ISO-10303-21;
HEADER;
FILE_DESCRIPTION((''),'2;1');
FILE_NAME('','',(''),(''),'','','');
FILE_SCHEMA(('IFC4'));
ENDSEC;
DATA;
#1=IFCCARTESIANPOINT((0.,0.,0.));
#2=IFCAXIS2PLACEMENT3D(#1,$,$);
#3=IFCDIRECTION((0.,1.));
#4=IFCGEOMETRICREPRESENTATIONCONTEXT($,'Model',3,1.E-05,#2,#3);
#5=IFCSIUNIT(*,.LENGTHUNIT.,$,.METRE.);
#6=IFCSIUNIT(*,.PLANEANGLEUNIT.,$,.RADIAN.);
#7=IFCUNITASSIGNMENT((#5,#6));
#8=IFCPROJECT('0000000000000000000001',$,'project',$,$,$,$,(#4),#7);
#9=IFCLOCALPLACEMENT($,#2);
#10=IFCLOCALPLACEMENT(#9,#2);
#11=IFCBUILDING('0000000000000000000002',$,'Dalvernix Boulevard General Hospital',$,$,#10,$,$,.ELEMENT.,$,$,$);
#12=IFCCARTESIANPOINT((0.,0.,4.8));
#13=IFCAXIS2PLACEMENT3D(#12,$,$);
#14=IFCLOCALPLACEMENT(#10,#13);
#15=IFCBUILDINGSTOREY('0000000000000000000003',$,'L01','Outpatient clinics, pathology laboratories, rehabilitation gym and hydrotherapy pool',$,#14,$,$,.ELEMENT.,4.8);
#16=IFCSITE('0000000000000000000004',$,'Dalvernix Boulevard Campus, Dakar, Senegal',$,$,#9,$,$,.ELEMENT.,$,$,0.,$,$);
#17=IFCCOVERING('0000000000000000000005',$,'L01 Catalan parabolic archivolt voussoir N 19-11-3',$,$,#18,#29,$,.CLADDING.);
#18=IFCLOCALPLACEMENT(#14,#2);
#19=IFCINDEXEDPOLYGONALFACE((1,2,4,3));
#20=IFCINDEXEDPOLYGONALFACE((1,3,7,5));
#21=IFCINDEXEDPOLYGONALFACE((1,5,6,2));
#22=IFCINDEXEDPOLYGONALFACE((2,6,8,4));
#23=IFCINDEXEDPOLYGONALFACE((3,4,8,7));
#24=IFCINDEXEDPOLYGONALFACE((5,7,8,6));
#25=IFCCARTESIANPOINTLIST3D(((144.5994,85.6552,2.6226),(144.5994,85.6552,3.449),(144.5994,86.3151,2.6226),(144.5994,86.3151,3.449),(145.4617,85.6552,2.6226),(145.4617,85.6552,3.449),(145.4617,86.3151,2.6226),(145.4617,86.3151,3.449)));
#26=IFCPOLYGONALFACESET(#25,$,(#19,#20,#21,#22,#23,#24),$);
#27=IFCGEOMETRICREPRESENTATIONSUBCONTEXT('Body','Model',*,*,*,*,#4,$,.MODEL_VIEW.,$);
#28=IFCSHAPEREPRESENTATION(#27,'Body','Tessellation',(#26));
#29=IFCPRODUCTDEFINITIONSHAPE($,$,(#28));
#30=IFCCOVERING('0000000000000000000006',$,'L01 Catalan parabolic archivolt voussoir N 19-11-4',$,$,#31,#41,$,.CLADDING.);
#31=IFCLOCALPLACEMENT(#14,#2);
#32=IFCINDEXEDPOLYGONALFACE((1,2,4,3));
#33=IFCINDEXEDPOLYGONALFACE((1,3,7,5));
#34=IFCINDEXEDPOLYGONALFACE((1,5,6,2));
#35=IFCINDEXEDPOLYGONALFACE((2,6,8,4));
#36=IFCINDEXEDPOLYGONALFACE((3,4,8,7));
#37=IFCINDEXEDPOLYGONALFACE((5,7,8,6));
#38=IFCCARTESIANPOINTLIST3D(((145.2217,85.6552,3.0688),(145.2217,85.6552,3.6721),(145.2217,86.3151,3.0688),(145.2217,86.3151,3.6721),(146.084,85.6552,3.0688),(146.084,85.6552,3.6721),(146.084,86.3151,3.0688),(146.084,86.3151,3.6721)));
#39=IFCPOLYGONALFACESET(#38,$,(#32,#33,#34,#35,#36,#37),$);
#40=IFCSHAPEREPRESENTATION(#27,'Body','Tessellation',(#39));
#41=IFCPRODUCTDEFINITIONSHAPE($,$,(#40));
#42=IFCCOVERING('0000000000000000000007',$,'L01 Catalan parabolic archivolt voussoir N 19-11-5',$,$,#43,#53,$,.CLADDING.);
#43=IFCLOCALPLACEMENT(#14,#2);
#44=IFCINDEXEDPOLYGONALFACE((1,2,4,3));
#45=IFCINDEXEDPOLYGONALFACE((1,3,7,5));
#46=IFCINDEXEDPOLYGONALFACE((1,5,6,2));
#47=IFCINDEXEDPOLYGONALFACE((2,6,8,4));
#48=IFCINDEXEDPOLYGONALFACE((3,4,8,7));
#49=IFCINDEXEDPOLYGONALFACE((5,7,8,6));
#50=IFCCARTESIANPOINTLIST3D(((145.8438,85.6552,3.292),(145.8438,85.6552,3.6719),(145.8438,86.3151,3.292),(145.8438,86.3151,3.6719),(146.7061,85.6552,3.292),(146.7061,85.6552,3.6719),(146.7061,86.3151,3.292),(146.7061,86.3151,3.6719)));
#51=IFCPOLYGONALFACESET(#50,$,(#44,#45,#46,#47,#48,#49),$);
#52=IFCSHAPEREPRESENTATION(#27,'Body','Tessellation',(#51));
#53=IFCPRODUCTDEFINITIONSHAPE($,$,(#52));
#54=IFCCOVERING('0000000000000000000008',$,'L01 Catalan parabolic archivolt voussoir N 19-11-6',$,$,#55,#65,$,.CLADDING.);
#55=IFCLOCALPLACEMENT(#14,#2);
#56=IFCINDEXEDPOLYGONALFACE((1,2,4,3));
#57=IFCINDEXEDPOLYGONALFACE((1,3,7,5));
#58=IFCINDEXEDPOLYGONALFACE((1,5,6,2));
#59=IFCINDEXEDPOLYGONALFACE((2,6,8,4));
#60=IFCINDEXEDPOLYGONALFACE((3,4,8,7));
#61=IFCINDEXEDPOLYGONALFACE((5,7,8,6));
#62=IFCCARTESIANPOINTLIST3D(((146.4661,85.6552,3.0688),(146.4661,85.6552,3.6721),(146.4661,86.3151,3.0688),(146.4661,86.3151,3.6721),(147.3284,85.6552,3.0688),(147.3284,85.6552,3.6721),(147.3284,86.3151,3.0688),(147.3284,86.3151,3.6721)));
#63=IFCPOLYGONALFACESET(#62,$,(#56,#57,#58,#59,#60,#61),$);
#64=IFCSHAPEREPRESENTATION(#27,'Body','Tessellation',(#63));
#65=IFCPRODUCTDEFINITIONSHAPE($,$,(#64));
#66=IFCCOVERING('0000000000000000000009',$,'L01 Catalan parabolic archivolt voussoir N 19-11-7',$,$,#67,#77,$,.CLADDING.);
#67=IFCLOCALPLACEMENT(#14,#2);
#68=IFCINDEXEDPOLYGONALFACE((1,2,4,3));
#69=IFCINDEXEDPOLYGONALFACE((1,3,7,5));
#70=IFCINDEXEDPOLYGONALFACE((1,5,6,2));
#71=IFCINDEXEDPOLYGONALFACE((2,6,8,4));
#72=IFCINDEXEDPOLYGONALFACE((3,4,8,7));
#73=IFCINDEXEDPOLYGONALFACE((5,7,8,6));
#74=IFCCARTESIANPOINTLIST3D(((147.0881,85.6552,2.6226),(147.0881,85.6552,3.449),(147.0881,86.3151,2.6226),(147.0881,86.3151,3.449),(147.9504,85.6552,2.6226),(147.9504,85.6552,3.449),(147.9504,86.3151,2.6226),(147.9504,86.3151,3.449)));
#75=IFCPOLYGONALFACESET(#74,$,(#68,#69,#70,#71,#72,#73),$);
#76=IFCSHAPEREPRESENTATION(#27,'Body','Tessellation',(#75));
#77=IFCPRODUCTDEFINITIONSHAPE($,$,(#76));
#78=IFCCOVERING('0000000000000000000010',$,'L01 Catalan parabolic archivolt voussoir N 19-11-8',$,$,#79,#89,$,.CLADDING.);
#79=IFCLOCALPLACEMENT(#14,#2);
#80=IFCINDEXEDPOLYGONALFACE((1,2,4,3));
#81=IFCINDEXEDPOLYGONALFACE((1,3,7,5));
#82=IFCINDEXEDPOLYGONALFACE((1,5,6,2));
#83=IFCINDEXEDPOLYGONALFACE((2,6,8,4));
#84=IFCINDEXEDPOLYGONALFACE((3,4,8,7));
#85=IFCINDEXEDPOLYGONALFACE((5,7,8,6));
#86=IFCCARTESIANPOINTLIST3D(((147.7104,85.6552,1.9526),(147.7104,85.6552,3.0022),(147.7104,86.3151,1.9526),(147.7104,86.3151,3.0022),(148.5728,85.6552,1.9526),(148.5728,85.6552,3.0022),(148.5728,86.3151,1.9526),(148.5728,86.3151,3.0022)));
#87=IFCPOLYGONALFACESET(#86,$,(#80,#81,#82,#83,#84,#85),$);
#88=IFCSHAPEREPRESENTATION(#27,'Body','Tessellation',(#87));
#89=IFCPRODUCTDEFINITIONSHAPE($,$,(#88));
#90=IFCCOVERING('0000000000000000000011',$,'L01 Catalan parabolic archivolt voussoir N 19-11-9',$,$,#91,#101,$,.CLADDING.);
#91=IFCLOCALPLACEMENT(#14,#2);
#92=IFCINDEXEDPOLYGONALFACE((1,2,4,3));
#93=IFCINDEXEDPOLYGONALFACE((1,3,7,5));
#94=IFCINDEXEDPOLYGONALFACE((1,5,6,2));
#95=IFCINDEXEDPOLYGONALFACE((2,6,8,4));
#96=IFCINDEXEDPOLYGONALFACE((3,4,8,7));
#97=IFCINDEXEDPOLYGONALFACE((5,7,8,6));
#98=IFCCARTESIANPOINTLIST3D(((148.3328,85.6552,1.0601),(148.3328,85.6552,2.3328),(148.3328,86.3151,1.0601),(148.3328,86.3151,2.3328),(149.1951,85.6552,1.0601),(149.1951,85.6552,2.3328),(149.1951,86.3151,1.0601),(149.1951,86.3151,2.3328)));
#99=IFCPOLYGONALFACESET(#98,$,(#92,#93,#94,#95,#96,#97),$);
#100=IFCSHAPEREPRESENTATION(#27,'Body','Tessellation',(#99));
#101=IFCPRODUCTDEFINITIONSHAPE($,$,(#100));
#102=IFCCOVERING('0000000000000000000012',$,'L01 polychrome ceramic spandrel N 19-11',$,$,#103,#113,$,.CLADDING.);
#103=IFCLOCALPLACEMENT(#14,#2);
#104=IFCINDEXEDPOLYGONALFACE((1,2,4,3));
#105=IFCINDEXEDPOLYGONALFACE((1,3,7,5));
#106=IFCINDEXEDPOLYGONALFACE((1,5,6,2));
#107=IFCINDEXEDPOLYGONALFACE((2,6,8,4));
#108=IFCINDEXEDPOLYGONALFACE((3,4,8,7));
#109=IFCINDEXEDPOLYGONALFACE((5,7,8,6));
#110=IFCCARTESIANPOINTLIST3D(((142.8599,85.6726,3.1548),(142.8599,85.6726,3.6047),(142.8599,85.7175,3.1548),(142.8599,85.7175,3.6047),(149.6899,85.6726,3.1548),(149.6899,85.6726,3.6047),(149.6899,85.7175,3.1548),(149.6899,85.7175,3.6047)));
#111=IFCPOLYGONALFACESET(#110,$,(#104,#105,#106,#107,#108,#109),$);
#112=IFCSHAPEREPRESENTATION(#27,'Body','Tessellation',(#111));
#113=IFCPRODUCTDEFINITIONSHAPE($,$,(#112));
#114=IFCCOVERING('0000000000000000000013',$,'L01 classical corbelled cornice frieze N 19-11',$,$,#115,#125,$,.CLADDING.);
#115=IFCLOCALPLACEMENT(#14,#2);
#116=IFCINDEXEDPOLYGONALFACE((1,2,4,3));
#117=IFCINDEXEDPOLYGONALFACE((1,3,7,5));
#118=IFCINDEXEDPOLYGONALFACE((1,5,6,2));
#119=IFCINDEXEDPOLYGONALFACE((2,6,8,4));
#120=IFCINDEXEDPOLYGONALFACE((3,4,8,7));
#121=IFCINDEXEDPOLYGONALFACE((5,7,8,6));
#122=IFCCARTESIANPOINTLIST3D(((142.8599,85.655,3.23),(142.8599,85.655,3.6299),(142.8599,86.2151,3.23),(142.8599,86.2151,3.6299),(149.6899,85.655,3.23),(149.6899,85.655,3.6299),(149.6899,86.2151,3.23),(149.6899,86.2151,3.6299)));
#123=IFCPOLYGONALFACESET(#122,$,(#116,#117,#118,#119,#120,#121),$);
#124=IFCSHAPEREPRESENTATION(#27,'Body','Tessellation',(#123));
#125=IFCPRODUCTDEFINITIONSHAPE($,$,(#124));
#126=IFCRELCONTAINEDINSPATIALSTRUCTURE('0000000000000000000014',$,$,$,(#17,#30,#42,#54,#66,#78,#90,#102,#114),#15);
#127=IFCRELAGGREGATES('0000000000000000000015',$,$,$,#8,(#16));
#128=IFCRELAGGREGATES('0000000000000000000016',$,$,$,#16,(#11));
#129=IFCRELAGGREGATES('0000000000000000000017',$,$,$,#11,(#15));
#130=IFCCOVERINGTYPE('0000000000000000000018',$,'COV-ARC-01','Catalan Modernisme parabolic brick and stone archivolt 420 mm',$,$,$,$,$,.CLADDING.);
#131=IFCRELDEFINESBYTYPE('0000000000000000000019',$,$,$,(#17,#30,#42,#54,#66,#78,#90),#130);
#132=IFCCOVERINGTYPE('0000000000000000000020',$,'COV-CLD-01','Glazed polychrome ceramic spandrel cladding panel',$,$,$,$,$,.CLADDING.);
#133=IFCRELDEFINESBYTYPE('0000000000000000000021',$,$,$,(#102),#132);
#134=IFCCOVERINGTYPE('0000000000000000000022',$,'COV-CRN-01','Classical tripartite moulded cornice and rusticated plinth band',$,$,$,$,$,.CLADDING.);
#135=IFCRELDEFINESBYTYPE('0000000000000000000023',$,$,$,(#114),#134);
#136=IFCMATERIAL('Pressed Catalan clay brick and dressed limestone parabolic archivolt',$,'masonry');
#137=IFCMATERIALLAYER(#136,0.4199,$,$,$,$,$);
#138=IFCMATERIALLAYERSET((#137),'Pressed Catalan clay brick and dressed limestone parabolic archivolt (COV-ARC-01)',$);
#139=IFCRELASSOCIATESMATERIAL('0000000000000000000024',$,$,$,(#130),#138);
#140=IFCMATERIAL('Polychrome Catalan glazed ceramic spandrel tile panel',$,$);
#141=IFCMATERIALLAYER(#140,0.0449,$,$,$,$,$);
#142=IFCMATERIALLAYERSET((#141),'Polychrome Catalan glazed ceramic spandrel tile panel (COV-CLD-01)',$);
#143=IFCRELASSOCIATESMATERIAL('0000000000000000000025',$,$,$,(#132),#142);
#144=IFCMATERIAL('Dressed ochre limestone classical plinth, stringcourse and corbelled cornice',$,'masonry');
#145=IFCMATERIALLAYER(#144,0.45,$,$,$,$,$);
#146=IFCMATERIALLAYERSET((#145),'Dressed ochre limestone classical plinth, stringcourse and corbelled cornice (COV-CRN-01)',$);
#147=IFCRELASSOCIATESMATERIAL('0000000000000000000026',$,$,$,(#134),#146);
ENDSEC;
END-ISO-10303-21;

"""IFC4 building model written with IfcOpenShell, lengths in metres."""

from ifc_helpers import new_model, si_unit, direction, frame, origin, origin_2d, place, context, subcontext, project, spatial, rectangle, extrude, material, layer, layer_set, type_object, element, save


model = new_model("IFC4")

# Units and contexts
model_context = context("Model", 3, precision=1e-05, world=origin(), true_north=direction((0.0, 1.0)))
body_context = subcontext(model_context, "Body", "Model", "MODEL_VIEW")
ifc_project = project(units=[si_unit("LENGTHUNIT", "METRE"), si_unit("PLANEANGLEUNIT", "RADIAN")], contexts=[model_context])

# Site, building, storey
site_placement = place(None, origin())
site = spatial("IfcSite", under=ifc_project, at=site_placement, Name="Dalvernix Boulevard Campus, Dakar, Senegal", CompositionType="ELEMENT", RefElevation=0.0)
building_placement = place(site_placement, origin())
building = spatial("IfcBuilding", under=site, at=building_placement, Name="Dalvernix Boulevard General Hospital", CompositionType="ELEMENT")
storey_placement = place(building_placement, frame((0.0, 0.0, 4.8)))
storey = spatial("IfcBuildingStorey", under=building, at=storey_placement, Name="L01", Description="Outpatient clinics, pathology laboratories, rehabilitation gym and hydrotherapy pool", CompositionType="ELEMENT", Elevation=4.8)

# Coverings
ifc_material_1 = material(Name="Pressed Catalan clay brick and dressed limestone parabolic archivolt", Category="masonry")
ifc_layer_1 = layer(ifc_material_1, 0.4199)
ifc_layer_set_1 = layer_set([ifc_layer_1], Name="Pressed Catalan clay brick and dressed limestone parabolic archivolt (COV-ARC-01)")
covering_type_1 = type_object("IfcCoveringType", Name="COV-ARC-01", Description="Catalan Modernisme parabolic brick and stone archivolt 420 mm", PredefinedType="CLADDING", material=ifc_layer_set_1)
covering_1_placement = place(storey_placement, frame((145.0305, 85.9851, 2.6226), z_axis=(0.0, 0.0, 1.0), x_axis=(1.0, 0.0, 0.0)))
element("IfcCovering", 1, at=covering_1_placement, inside=storey, type_object=covering_type_1, Name="L01 Catalan parabolic archivolt voussoir N 19-11-3", PredefinedType="CLADDING", context=body_context, shape_type="SweptSolid", body=[
    extrude(rectangle(XDim=0.8623, YDim=0.6599, at=origin_2d()), origin(), (0.0, 0.0, 1.0), 0.8264),
])
covering_2_placement = place(storey_placement, frame((145.6528, 85.9851, 3.0688), z_axis=(0.0, 0.0, 1.0), x_axis=(1.0, 0.0, 0.0)))
element("IfcCovering", 2, at=covering_2_placement, inside=storey, type_object=covering_type_1, Name="L01 Catalan parabolic archivolt voussoir N 19-11-4", PredefinedType="CLADDING", context=body_context, shape_type="SweptSolid", body=[
    extrude(rectangle(XDim=0.8623, YDim=0.6599, at=origin_2d()), origin(), (0.0, 0.0, 1.0), 0.6033),
])
covering_3_placement = place(storey_placement, frame((146.2749, 85.9851, 3.292), z_axis=(0.0, 0.0, 1.0), x_axis=(1.0, 0.0, 0.0)))
element("IfcCovering", 3, at=covering_3_placement, inside=storey, type_object=covering_type_1, Name="L01 Catalan parabolic archivolt voussoir N 19-11-5", PredefinedType="CLADDING", context=body_context, shape_type="SweptSolid", body=[
    extrude(rectangle(XDim=0.8623, YDim=0.6599, at=origin_2d()), origin(), (0.0, 0.0, 1.0), 0.3799),
])
covering_4_placement = place(storey_placement, frame((146.8972, 85.9851, 3.0688), z_axis=(0.0, 0.0, 1.0), x_axis=(1.0, 0.0, 0.0)))
element("IfcCovering", 4, at=covering_4_placement, inside=storey, type_object=covering_type_1, Name="L01 Catalan parabolic archivolt voussoir N 19-11-6", PredefinedType="CLADDING", context=body_context, shape_type="SweptSolid", body=[
    extrude(rectangle(XDim=0.8623, YDim=0.6599, at=origin_2d()), origin(), (0.0, 0.0, 1.0), 0.6033),
])
covering_5_placement = place(storey_placement, frame((147.5193, 85.9851, 2.6226), z_axis=(0.0, 0.0, 1.0), x_axis=(1.0, 0.0, 0.0)))
element("IfcCovering", 5, at=covering_5_placement, inside=storey, type_object=covering_type_1, Name="L01 Catalan parabolic archivolt voussoir N 19-11-7", PredefinedType="CLADDING", context=body_context, shape_type="SweptSolid", body=[
    extrude(rectangle(XDim=0.8623, YDim=0.6599, at=origin_2d()), origin(), (0.0, 0.0, 1.0), 0.8264),
])
covering_6_placement = place(storey_placement, frame((148.1416, 85.9851, 1.9526), z_axis=(0.0, 0.0, 1.0), x_axis=(1.0, 0.0, 0.0)))
element("IfcCovering", 6, at=covering_6_placement, inside=storey, type_object=covering_type_1, Name="L01 Catalan parabolic archivolt voussoir N 19-11-8", PredefinedType="CLADDING", context=body_context, shape_type="SweptSolid", body=[
    extrude(rectangle(XDim=0.8623, YDim=0.6599, at=origin_2d()), origin(), (0.0, 0.0, 1.0), 1.0496),
])
covering_7_placement = place(storey_placement, frame((148.7639, 85.9851, 1.0601), z_axis=(0.0, 0.0, 1.0), x_axis=(1.0, 0.0, 0.0)))
element("IfcCovering", 7, at=covering_7_placement, inside=storey, type_object=covering_type_1, Name="L01 Catalan parabolic archivolt voussoir N 19-11-9", PredefinedType="CLADDING", context=body_context, shape_type="SweptSolid", body=[
    extrude(rectangle(XDim=0.8623, YDim=0.6599, at=origin_2d()), origin(), (0.0, 0.0, 1.0), 1.2727),
])
ifc_material_2 = material(Name="Polychrome Catalan glazed ceramic spandrel tile panel")
ifc_layer_2 = layer(ifc_material_2, 0.0449)
ifc_layer_set_2 = layer_set([ifc_layer_2], Name="Polychrome Catalan glazed ceramic spandrel tile panel (COV-CLD-01)")
covering_type_2 = type_object("IfcCoveringType", Name="COV-CLD-01", Description="Glazed polychrome ceramic spandrel cladding panel", PredefinedType="CLADDING", material=ifc_layer_set_2)
covering_8_placement = place(storey_placement, frame((146.2749, 85.6951, 3.1548), z_axis=(0.0, 0.0, 1.0), x_axis=(1.0, 0.0, 0.0)))
element("IfcCovering", 8, at=covering_8_placement, inside=storey, type_object=covering_type_2, Name="L01 polychrome ceramic spandrel N 19-11", PredefinedType="CLADDING", context=body_context, shape_type="SweptSolid", body=[
    extrude(rectangle(XDim=6.8301, YDim=0.0449, at=origin_2d()), origin(), (0.0, 0.0, 1.0), 0.45),
])
ifc_material_3 = material(Name="Dressed ochre limestone classical plinth, stringcourse and corbelled cornice", Category="masonry")
ifc_layer_3 = layer(ifc_material_3, 0.45)
ifc_layer_set_3 = layer_set([ifc_layer_3], Name="Dressed ochre limestone classical plinth, stringcourse and corbelled cornice (COV-CRN-01)")
covering_type_3 = type_object("IfcCoveringType", Name="COV-CRN-01", Description="Classical tripartite moulded cornice and rusticated plinth band", PredefinedType="CLADDING", material=ifc_layer_set_3)
covering_9_placement = place(storey_placement, frame((146.2749, 85.9351, 3.23), z_axis=(0.0, 0.0, 1.0), x_axis=(1.0, 0.0, 0.0)))
element("IfcCovering", 9, at=covering_9_placement, inside=storey, type_object=covering_type_3, Name="L01 classical corbelled cornice frieze N 19-11", PredefinedType="CLADDING", context=body_context, shape_type="SweptSolid", body=[
    extrude(rectangle(XDim=6.8301, YDim=0.5601, at=origin_2d()), origin(), (0.0, 0.0, 1.0), 0.3999),
])

save(model, "model.ifc")
